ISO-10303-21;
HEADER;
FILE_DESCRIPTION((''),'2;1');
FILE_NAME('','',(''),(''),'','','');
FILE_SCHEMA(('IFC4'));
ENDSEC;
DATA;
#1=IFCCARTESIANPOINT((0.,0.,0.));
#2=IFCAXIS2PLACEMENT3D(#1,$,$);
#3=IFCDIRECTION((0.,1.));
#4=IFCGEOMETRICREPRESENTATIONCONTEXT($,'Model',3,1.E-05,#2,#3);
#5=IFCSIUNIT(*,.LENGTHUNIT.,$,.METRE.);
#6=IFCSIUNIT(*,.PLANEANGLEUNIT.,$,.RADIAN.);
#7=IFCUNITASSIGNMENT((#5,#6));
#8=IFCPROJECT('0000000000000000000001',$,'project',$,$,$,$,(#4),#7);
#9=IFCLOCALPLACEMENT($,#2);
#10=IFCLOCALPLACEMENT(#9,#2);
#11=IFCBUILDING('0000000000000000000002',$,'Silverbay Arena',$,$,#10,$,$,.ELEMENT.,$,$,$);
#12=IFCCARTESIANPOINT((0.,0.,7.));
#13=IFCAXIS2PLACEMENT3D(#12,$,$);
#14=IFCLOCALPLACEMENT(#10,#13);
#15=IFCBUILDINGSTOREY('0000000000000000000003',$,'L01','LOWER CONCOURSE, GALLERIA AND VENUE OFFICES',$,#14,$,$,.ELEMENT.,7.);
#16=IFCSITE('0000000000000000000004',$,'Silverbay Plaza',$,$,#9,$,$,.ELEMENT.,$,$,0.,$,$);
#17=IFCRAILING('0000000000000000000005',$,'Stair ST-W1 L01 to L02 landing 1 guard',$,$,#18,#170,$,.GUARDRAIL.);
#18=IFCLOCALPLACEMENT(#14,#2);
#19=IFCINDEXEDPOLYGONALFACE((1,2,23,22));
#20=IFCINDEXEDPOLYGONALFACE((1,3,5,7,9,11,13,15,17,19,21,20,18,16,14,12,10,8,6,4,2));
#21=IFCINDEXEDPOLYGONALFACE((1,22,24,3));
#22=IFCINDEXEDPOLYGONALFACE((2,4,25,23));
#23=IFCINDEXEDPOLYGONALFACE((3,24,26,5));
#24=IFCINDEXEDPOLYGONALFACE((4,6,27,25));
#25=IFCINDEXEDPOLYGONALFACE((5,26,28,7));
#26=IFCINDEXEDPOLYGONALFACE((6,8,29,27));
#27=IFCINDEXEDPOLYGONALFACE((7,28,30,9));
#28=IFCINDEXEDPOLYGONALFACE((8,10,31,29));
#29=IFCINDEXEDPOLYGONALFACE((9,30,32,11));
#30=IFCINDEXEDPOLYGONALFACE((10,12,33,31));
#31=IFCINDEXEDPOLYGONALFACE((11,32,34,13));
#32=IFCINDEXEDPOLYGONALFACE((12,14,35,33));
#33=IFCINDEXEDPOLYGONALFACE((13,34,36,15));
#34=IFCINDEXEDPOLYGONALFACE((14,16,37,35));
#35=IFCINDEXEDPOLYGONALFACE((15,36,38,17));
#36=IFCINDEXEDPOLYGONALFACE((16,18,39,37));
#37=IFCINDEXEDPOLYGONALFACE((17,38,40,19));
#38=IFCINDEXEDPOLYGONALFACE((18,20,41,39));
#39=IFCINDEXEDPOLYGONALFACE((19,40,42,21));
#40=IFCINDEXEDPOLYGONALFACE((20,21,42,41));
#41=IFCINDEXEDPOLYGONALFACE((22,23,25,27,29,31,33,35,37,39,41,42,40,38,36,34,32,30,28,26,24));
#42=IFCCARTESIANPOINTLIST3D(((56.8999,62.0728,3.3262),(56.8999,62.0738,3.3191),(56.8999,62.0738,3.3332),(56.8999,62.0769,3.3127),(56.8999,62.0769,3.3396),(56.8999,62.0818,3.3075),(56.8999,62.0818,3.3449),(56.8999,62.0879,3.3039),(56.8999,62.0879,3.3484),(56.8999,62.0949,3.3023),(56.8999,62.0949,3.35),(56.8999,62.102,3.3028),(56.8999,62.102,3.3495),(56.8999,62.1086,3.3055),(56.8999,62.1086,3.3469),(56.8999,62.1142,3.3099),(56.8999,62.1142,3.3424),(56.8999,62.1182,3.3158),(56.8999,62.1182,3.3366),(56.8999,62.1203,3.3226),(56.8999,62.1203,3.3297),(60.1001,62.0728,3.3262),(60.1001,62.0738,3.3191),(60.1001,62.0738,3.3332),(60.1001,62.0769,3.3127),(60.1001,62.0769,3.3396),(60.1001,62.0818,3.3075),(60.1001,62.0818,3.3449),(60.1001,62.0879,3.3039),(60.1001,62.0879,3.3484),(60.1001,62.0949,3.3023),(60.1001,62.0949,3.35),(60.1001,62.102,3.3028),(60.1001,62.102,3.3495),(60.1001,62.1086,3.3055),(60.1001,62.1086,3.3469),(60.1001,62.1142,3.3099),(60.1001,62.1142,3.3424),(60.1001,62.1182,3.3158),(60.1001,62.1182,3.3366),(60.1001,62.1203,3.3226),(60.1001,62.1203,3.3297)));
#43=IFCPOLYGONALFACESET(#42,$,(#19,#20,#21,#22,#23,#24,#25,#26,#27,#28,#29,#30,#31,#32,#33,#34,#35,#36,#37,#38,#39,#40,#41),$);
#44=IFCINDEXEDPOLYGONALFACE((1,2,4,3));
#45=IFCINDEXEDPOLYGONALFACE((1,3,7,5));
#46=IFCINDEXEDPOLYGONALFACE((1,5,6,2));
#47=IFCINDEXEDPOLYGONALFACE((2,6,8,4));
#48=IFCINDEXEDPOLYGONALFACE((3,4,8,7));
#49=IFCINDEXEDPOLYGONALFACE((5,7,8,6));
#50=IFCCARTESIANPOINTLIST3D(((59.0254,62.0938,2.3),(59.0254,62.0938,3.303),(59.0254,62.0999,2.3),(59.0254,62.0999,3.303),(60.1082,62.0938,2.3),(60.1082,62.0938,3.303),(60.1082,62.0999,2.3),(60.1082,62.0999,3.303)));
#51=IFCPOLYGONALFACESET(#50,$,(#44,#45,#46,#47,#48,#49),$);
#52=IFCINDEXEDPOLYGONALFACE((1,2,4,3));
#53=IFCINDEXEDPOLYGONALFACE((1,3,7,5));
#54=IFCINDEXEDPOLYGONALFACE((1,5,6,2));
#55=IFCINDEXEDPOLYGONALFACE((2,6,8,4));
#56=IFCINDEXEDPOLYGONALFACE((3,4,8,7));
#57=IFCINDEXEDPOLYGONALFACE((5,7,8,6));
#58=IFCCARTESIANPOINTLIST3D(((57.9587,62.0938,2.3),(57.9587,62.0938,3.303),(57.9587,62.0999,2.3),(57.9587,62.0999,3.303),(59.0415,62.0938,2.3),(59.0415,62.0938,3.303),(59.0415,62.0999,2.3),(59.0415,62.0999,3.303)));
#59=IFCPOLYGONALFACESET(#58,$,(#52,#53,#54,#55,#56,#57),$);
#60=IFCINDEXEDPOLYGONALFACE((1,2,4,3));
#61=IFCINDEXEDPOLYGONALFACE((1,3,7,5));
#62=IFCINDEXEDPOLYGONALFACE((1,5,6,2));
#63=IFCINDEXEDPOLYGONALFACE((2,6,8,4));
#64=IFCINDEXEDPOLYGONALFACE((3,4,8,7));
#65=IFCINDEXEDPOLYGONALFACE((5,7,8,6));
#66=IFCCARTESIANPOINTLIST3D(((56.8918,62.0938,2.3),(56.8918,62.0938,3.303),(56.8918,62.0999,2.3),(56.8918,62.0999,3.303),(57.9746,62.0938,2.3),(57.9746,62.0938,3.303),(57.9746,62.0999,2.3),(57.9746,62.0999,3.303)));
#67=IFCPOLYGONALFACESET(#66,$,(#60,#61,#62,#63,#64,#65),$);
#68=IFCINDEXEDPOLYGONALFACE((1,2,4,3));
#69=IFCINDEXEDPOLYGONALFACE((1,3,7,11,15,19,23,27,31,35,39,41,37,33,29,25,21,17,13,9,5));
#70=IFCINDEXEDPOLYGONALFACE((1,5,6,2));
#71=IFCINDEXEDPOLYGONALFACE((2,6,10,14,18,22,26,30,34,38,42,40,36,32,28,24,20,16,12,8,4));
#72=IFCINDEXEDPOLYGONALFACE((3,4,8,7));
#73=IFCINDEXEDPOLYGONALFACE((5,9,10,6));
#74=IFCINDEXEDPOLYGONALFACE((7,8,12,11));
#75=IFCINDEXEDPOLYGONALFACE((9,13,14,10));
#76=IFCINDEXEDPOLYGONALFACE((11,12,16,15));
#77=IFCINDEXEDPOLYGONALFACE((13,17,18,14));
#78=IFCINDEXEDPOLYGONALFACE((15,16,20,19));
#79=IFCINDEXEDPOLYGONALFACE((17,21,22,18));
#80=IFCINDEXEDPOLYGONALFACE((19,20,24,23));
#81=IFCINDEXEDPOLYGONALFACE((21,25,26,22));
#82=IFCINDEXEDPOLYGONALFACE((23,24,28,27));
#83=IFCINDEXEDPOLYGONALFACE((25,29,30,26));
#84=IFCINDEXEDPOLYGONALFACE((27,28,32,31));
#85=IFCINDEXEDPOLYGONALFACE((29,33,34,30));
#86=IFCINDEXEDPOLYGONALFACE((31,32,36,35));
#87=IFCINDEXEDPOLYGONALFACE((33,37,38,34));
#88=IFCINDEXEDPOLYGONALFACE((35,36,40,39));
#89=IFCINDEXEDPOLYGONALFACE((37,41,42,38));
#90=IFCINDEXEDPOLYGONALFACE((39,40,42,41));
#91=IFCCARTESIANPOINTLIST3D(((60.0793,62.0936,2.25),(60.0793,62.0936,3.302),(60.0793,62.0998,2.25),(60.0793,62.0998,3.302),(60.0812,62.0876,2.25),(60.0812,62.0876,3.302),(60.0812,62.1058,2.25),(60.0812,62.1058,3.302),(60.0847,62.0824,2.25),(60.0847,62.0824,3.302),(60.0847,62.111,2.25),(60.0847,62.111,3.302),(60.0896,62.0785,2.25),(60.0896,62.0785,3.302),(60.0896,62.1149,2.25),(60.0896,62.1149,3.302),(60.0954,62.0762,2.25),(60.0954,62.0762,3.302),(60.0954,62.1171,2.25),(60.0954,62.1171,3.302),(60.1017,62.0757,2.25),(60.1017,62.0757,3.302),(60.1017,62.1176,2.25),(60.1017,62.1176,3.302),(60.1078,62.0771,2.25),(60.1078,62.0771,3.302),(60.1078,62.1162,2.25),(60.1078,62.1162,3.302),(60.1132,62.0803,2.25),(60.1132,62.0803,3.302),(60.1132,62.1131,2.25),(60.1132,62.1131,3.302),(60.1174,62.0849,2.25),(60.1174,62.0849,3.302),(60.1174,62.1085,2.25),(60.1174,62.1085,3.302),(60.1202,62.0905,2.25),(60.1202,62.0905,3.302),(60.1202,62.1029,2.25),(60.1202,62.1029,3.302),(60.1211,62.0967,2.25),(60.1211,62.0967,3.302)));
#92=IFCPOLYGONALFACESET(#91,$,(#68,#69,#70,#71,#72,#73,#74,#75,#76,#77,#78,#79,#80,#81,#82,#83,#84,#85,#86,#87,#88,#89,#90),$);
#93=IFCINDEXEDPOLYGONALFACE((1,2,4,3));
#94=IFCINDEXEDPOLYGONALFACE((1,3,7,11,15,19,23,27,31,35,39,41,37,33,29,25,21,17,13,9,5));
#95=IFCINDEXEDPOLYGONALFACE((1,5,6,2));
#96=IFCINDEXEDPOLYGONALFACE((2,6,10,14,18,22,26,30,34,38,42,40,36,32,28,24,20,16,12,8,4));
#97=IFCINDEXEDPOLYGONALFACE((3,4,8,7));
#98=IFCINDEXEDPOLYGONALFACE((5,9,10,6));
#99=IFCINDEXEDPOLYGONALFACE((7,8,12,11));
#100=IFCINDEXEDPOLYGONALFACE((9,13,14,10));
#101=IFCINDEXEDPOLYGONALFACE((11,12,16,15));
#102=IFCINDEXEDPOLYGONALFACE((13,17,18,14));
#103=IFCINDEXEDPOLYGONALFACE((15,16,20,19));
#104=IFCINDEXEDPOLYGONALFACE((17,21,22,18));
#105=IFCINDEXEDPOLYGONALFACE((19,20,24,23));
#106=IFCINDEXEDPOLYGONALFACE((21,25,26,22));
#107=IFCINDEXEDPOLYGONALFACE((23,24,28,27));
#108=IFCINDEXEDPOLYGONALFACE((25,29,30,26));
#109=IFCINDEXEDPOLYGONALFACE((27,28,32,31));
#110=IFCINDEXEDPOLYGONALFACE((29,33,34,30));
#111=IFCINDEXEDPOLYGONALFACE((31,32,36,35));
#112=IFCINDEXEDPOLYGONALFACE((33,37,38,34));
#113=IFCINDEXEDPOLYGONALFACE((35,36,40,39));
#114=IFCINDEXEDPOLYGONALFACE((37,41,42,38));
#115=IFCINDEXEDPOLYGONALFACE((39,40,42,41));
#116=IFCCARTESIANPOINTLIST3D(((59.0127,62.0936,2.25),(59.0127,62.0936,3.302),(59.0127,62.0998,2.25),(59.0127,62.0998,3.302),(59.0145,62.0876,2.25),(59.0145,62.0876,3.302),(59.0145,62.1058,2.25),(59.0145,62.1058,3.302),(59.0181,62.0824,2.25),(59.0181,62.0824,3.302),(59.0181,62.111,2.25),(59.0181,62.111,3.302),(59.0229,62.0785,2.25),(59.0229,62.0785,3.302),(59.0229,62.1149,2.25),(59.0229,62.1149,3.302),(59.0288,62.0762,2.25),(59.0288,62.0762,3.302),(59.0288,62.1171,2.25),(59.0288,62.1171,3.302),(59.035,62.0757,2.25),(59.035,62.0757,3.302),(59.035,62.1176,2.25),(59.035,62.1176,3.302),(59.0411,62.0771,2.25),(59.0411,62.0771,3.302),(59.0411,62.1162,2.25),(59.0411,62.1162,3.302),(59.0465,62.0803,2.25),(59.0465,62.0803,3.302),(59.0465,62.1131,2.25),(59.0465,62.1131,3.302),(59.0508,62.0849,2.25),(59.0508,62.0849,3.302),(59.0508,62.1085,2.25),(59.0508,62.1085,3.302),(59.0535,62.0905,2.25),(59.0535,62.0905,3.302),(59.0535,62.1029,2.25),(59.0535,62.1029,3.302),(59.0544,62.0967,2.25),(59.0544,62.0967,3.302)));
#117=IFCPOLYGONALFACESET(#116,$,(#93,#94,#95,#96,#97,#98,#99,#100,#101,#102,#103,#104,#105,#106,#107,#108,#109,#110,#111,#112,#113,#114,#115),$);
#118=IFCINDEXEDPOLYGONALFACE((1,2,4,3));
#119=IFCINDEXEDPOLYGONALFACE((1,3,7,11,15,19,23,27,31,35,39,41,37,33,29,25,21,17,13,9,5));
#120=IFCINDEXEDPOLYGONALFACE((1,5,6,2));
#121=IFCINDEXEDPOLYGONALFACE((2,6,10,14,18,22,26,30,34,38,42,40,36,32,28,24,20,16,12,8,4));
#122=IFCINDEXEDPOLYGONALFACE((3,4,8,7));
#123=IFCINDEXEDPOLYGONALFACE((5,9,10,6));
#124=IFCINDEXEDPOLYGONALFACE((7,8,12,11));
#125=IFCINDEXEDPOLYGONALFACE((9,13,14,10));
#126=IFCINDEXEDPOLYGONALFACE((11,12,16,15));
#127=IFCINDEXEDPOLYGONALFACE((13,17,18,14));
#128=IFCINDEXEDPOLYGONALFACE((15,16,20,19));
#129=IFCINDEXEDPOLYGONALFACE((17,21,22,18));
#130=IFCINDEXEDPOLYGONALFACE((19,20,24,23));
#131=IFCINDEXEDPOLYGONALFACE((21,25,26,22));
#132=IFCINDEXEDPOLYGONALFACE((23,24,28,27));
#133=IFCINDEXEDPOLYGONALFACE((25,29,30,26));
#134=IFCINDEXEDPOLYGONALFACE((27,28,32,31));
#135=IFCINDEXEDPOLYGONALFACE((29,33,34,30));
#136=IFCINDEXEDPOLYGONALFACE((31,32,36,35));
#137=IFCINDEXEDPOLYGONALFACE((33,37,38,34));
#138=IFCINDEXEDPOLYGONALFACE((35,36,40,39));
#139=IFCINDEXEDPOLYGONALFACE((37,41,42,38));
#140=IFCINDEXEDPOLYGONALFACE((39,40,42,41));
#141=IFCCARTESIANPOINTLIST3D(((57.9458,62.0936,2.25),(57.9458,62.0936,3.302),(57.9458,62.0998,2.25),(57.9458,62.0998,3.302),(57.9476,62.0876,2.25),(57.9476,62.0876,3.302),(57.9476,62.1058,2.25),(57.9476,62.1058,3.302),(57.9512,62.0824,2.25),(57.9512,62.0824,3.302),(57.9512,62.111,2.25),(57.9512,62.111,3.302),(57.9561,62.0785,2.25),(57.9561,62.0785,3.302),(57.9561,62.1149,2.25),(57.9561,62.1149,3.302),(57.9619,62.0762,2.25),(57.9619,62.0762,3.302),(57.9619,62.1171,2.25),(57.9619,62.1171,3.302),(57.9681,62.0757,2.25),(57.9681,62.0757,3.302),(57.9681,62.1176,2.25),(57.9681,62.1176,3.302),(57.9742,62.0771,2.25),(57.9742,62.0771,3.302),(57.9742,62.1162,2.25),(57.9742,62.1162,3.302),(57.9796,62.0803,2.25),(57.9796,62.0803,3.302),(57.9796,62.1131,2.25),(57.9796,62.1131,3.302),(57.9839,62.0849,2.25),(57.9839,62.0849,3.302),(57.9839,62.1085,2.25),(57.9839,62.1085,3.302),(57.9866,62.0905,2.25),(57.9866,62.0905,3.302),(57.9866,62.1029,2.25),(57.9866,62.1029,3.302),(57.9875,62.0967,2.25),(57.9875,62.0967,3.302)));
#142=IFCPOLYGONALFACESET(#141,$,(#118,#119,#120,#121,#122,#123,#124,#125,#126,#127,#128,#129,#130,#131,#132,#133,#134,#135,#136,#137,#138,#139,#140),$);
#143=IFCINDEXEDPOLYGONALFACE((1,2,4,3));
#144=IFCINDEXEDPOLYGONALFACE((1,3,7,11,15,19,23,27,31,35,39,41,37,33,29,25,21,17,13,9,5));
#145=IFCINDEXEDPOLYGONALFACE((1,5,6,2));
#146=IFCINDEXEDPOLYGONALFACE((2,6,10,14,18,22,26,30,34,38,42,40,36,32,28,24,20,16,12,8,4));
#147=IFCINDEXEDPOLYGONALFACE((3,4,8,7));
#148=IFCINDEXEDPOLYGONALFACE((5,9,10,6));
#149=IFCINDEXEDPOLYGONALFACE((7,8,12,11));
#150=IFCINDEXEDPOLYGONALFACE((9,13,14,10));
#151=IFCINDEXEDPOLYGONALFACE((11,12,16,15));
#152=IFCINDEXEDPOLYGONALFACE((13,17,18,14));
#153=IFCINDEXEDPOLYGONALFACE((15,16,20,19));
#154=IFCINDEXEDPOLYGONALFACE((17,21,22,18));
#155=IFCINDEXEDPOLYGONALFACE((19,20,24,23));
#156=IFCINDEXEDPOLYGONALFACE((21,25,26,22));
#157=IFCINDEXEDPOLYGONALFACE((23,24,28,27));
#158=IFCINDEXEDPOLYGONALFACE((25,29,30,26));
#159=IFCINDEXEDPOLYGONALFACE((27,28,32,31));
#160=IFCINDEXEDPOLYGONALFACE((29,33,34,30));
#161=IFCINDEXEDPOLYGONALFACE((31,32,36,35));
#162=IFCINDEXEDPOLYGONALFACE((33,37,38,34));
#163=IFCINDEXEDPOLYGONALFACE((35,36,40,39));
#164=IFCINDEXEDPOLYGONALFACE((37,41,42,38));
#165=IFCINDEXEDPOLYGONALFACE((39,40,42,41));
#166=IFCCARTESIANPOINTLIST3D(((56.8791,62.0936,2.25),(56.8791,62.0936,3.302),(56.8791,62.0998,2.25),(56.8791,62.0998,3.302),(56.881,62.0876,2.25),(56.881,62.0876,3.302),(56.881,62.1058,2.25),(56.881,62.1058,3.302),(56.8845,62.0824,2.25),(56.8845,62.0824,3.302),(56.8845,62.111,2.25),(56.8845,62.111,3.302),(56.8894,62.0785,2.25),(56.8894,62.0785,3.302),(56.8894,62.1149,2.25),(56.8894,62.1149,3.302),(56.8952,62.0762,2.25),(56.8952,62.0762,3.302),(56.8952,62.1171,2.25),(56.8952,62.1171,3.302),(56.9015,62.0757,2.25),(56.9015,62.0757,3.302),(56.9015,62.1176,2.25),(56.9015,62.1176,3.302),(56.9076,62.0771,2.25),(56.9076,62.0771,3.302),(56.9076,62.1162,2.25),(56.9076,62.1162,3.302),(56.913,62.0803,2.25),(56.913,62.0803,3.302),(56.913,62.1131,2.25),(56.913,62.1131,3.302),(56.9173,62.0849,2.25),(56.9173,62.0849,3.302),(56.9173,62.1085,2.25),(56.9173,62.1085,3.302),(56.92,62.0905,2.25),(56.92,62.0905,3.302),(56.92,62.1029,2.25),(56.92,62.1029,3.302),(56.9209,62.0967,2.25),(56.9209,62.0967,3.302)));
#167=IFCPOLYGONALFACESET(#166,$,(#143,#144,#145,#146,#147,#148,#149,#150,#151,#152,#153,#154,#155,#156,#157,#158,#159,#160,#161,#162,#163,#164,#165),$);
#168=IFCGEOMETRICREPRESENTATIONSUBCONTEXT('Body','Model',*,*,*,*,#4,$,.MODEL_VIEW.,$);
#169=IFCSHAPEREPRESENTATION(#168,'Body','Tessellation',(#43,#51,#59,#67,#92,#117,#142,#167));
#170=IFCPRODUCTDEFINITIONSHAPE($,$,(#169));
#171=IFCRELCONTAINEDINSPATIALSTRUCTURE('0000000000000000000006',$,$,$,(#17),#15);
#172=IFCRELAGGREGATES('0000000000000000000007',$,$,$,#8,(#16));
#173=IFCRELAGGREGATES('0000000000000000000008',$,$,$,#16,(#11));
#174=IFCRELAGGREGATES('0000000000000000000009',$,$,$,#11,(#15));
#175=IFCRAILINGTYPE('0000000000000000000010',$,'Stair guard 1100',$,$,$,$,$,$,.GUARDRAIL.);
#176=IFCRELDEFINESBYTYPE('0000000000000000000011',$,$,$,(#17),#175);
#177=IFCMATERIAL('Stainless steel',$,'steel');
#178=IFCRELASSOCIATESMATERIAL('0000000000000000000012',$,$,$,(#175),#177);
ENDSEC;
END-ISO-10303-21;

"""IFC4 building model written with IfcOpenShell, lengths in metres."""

from ifc_helpers import new_model, si_unit, direction, frame, origin, origin_2d, place, context, subcontext, project, spatial, polyline, circle, outline, extrude, material, type_object, element, save


model = new_model("IFC4")

# Units and contexts
model_context = context("Model", 3, precision=1e-05, world=origin(), true_north=direction((0.0, 1.0)))
body_context = subcontext(model_context, "Body", "Model", "MODEL_VIEW")
ifc_project = project(units=[si_unit("LENGTHUNIT", "METRE"), si_unit("PLANEANGLEUNIT", "RADIAN")], contexts=[model_context])

# Site, building, storey
site_placement = place(None, origin())
site = spatial("IfcSite", under=ifc_project, at=site_placement, Name="Silverbay Plaza", CompositionType="ELEMENT", RefElevation=0.0)
building_placement = place(site_placement, origin())
building = spatial("IfcBuilding", under=site, at=building_placement, Name="Silverbay Arena", CompositionType="ELEMENT")
storey_placement = place(building_placement, frame((0.0, 0.0, 7.0)))
storey = spatial("IfcBuildingStorey", under=building, at=storey_placement, Name="L01", Description="LOWER CONCOURSE, GALLERIA AND VENUE OFFICES", CompositionType="ELEMENT", Elevation=7.0)

# Railing
ifc_material_1 = material(Name="Stainless steel", Category="steel")
railing_type_1 = type_object("IfcRailingType", Name="Stair guard 1100", PredefinedType="GUARDRAIL", material=ifc_material_1)
for number, where, name in (
    (1, (60.1001, 62.0967, 2.25), "Stair ST-W1 L01 to L02 landing 1 guard"),
):
    element("IfcRailing", number, at=place(storey_placement, frame(where)), inside=storey, type_object=railing_type_1, Name=name, PredefinedType="GUARDRAIL", context=body_context, shape_type="SweptSolid", body=[
        extrude(circle(Radius=0.0239, at=origin_2d()), frame((0.0, 0.0, 1.0762), z_axis=(-1.0, 0.0, 0.0), x_axis=(0.0, -1.0, 0.0)), (0.0, 0.0, 1.0), 3.2002),
        extrude(outline(polyline([(-0.0081, 0.05), (1.0747, 0.05), (1.0747, 1.053), (-0.0081, 1.053), (-0.0081, 0.05)])), frame((0.0, -0.0029, 0.0), z_axis=(0.0, 1.0, 0.0), x_axis=(-1.0, 0.0, 0.0)), (0.0, 0.0, 1.0), 0.0061),
        extrude(outline(polyline([(-0.0081, 0.05), (1.0747, 0.05), (1.0747, 1.053), (-0.0081, 1.053), (-0.0081, 0.05)])), frame((-1.0667, -0.0029, 0.0), z_axis=(0.0, 1.0, 0.0), x_axis=(-1.0, 0.0, 0.0)), (0.0, 0.0, 1.0), 0.0061),
        extrude(outline(polyline([(-0.0081, 0.05), (1.0747, 0.05), (1.0747, 1.053), (-0.0081, 1.053), (-0.0081, 0.05)])), frame((-2.1335, -0.0029, 0.0), z_axis=(0.0, 1.0, 0.0), x_axis=(-1.0, 0.0, 0.0)), (0.0, 0.0, 1.0), 0.0061),
        extrude(circle(Radius=0.021, at=origin_2d()), origin(), (0.0, 0.0, 1.0), 1.052),
        extrude(circle(Radius=0.021, at=origin_2d()), frame((-1.0667, 0.0, 0.0)), (0.0, 0.0, 1.0), 1.052),
        extrude(circle(Radius=0.021, at=origin_2d()), frame((-2.1335, 0.0, 0.0)), (0.0, 0.0, 1.0), 1.052),
        extrude(circle(Radius=0.021, at=origin_2d()), frame((-3.2002, 0.0, 0.0)), (0.0, 0.0, 1.0), 1.052),
    ])

save(model, "model.ifc")
